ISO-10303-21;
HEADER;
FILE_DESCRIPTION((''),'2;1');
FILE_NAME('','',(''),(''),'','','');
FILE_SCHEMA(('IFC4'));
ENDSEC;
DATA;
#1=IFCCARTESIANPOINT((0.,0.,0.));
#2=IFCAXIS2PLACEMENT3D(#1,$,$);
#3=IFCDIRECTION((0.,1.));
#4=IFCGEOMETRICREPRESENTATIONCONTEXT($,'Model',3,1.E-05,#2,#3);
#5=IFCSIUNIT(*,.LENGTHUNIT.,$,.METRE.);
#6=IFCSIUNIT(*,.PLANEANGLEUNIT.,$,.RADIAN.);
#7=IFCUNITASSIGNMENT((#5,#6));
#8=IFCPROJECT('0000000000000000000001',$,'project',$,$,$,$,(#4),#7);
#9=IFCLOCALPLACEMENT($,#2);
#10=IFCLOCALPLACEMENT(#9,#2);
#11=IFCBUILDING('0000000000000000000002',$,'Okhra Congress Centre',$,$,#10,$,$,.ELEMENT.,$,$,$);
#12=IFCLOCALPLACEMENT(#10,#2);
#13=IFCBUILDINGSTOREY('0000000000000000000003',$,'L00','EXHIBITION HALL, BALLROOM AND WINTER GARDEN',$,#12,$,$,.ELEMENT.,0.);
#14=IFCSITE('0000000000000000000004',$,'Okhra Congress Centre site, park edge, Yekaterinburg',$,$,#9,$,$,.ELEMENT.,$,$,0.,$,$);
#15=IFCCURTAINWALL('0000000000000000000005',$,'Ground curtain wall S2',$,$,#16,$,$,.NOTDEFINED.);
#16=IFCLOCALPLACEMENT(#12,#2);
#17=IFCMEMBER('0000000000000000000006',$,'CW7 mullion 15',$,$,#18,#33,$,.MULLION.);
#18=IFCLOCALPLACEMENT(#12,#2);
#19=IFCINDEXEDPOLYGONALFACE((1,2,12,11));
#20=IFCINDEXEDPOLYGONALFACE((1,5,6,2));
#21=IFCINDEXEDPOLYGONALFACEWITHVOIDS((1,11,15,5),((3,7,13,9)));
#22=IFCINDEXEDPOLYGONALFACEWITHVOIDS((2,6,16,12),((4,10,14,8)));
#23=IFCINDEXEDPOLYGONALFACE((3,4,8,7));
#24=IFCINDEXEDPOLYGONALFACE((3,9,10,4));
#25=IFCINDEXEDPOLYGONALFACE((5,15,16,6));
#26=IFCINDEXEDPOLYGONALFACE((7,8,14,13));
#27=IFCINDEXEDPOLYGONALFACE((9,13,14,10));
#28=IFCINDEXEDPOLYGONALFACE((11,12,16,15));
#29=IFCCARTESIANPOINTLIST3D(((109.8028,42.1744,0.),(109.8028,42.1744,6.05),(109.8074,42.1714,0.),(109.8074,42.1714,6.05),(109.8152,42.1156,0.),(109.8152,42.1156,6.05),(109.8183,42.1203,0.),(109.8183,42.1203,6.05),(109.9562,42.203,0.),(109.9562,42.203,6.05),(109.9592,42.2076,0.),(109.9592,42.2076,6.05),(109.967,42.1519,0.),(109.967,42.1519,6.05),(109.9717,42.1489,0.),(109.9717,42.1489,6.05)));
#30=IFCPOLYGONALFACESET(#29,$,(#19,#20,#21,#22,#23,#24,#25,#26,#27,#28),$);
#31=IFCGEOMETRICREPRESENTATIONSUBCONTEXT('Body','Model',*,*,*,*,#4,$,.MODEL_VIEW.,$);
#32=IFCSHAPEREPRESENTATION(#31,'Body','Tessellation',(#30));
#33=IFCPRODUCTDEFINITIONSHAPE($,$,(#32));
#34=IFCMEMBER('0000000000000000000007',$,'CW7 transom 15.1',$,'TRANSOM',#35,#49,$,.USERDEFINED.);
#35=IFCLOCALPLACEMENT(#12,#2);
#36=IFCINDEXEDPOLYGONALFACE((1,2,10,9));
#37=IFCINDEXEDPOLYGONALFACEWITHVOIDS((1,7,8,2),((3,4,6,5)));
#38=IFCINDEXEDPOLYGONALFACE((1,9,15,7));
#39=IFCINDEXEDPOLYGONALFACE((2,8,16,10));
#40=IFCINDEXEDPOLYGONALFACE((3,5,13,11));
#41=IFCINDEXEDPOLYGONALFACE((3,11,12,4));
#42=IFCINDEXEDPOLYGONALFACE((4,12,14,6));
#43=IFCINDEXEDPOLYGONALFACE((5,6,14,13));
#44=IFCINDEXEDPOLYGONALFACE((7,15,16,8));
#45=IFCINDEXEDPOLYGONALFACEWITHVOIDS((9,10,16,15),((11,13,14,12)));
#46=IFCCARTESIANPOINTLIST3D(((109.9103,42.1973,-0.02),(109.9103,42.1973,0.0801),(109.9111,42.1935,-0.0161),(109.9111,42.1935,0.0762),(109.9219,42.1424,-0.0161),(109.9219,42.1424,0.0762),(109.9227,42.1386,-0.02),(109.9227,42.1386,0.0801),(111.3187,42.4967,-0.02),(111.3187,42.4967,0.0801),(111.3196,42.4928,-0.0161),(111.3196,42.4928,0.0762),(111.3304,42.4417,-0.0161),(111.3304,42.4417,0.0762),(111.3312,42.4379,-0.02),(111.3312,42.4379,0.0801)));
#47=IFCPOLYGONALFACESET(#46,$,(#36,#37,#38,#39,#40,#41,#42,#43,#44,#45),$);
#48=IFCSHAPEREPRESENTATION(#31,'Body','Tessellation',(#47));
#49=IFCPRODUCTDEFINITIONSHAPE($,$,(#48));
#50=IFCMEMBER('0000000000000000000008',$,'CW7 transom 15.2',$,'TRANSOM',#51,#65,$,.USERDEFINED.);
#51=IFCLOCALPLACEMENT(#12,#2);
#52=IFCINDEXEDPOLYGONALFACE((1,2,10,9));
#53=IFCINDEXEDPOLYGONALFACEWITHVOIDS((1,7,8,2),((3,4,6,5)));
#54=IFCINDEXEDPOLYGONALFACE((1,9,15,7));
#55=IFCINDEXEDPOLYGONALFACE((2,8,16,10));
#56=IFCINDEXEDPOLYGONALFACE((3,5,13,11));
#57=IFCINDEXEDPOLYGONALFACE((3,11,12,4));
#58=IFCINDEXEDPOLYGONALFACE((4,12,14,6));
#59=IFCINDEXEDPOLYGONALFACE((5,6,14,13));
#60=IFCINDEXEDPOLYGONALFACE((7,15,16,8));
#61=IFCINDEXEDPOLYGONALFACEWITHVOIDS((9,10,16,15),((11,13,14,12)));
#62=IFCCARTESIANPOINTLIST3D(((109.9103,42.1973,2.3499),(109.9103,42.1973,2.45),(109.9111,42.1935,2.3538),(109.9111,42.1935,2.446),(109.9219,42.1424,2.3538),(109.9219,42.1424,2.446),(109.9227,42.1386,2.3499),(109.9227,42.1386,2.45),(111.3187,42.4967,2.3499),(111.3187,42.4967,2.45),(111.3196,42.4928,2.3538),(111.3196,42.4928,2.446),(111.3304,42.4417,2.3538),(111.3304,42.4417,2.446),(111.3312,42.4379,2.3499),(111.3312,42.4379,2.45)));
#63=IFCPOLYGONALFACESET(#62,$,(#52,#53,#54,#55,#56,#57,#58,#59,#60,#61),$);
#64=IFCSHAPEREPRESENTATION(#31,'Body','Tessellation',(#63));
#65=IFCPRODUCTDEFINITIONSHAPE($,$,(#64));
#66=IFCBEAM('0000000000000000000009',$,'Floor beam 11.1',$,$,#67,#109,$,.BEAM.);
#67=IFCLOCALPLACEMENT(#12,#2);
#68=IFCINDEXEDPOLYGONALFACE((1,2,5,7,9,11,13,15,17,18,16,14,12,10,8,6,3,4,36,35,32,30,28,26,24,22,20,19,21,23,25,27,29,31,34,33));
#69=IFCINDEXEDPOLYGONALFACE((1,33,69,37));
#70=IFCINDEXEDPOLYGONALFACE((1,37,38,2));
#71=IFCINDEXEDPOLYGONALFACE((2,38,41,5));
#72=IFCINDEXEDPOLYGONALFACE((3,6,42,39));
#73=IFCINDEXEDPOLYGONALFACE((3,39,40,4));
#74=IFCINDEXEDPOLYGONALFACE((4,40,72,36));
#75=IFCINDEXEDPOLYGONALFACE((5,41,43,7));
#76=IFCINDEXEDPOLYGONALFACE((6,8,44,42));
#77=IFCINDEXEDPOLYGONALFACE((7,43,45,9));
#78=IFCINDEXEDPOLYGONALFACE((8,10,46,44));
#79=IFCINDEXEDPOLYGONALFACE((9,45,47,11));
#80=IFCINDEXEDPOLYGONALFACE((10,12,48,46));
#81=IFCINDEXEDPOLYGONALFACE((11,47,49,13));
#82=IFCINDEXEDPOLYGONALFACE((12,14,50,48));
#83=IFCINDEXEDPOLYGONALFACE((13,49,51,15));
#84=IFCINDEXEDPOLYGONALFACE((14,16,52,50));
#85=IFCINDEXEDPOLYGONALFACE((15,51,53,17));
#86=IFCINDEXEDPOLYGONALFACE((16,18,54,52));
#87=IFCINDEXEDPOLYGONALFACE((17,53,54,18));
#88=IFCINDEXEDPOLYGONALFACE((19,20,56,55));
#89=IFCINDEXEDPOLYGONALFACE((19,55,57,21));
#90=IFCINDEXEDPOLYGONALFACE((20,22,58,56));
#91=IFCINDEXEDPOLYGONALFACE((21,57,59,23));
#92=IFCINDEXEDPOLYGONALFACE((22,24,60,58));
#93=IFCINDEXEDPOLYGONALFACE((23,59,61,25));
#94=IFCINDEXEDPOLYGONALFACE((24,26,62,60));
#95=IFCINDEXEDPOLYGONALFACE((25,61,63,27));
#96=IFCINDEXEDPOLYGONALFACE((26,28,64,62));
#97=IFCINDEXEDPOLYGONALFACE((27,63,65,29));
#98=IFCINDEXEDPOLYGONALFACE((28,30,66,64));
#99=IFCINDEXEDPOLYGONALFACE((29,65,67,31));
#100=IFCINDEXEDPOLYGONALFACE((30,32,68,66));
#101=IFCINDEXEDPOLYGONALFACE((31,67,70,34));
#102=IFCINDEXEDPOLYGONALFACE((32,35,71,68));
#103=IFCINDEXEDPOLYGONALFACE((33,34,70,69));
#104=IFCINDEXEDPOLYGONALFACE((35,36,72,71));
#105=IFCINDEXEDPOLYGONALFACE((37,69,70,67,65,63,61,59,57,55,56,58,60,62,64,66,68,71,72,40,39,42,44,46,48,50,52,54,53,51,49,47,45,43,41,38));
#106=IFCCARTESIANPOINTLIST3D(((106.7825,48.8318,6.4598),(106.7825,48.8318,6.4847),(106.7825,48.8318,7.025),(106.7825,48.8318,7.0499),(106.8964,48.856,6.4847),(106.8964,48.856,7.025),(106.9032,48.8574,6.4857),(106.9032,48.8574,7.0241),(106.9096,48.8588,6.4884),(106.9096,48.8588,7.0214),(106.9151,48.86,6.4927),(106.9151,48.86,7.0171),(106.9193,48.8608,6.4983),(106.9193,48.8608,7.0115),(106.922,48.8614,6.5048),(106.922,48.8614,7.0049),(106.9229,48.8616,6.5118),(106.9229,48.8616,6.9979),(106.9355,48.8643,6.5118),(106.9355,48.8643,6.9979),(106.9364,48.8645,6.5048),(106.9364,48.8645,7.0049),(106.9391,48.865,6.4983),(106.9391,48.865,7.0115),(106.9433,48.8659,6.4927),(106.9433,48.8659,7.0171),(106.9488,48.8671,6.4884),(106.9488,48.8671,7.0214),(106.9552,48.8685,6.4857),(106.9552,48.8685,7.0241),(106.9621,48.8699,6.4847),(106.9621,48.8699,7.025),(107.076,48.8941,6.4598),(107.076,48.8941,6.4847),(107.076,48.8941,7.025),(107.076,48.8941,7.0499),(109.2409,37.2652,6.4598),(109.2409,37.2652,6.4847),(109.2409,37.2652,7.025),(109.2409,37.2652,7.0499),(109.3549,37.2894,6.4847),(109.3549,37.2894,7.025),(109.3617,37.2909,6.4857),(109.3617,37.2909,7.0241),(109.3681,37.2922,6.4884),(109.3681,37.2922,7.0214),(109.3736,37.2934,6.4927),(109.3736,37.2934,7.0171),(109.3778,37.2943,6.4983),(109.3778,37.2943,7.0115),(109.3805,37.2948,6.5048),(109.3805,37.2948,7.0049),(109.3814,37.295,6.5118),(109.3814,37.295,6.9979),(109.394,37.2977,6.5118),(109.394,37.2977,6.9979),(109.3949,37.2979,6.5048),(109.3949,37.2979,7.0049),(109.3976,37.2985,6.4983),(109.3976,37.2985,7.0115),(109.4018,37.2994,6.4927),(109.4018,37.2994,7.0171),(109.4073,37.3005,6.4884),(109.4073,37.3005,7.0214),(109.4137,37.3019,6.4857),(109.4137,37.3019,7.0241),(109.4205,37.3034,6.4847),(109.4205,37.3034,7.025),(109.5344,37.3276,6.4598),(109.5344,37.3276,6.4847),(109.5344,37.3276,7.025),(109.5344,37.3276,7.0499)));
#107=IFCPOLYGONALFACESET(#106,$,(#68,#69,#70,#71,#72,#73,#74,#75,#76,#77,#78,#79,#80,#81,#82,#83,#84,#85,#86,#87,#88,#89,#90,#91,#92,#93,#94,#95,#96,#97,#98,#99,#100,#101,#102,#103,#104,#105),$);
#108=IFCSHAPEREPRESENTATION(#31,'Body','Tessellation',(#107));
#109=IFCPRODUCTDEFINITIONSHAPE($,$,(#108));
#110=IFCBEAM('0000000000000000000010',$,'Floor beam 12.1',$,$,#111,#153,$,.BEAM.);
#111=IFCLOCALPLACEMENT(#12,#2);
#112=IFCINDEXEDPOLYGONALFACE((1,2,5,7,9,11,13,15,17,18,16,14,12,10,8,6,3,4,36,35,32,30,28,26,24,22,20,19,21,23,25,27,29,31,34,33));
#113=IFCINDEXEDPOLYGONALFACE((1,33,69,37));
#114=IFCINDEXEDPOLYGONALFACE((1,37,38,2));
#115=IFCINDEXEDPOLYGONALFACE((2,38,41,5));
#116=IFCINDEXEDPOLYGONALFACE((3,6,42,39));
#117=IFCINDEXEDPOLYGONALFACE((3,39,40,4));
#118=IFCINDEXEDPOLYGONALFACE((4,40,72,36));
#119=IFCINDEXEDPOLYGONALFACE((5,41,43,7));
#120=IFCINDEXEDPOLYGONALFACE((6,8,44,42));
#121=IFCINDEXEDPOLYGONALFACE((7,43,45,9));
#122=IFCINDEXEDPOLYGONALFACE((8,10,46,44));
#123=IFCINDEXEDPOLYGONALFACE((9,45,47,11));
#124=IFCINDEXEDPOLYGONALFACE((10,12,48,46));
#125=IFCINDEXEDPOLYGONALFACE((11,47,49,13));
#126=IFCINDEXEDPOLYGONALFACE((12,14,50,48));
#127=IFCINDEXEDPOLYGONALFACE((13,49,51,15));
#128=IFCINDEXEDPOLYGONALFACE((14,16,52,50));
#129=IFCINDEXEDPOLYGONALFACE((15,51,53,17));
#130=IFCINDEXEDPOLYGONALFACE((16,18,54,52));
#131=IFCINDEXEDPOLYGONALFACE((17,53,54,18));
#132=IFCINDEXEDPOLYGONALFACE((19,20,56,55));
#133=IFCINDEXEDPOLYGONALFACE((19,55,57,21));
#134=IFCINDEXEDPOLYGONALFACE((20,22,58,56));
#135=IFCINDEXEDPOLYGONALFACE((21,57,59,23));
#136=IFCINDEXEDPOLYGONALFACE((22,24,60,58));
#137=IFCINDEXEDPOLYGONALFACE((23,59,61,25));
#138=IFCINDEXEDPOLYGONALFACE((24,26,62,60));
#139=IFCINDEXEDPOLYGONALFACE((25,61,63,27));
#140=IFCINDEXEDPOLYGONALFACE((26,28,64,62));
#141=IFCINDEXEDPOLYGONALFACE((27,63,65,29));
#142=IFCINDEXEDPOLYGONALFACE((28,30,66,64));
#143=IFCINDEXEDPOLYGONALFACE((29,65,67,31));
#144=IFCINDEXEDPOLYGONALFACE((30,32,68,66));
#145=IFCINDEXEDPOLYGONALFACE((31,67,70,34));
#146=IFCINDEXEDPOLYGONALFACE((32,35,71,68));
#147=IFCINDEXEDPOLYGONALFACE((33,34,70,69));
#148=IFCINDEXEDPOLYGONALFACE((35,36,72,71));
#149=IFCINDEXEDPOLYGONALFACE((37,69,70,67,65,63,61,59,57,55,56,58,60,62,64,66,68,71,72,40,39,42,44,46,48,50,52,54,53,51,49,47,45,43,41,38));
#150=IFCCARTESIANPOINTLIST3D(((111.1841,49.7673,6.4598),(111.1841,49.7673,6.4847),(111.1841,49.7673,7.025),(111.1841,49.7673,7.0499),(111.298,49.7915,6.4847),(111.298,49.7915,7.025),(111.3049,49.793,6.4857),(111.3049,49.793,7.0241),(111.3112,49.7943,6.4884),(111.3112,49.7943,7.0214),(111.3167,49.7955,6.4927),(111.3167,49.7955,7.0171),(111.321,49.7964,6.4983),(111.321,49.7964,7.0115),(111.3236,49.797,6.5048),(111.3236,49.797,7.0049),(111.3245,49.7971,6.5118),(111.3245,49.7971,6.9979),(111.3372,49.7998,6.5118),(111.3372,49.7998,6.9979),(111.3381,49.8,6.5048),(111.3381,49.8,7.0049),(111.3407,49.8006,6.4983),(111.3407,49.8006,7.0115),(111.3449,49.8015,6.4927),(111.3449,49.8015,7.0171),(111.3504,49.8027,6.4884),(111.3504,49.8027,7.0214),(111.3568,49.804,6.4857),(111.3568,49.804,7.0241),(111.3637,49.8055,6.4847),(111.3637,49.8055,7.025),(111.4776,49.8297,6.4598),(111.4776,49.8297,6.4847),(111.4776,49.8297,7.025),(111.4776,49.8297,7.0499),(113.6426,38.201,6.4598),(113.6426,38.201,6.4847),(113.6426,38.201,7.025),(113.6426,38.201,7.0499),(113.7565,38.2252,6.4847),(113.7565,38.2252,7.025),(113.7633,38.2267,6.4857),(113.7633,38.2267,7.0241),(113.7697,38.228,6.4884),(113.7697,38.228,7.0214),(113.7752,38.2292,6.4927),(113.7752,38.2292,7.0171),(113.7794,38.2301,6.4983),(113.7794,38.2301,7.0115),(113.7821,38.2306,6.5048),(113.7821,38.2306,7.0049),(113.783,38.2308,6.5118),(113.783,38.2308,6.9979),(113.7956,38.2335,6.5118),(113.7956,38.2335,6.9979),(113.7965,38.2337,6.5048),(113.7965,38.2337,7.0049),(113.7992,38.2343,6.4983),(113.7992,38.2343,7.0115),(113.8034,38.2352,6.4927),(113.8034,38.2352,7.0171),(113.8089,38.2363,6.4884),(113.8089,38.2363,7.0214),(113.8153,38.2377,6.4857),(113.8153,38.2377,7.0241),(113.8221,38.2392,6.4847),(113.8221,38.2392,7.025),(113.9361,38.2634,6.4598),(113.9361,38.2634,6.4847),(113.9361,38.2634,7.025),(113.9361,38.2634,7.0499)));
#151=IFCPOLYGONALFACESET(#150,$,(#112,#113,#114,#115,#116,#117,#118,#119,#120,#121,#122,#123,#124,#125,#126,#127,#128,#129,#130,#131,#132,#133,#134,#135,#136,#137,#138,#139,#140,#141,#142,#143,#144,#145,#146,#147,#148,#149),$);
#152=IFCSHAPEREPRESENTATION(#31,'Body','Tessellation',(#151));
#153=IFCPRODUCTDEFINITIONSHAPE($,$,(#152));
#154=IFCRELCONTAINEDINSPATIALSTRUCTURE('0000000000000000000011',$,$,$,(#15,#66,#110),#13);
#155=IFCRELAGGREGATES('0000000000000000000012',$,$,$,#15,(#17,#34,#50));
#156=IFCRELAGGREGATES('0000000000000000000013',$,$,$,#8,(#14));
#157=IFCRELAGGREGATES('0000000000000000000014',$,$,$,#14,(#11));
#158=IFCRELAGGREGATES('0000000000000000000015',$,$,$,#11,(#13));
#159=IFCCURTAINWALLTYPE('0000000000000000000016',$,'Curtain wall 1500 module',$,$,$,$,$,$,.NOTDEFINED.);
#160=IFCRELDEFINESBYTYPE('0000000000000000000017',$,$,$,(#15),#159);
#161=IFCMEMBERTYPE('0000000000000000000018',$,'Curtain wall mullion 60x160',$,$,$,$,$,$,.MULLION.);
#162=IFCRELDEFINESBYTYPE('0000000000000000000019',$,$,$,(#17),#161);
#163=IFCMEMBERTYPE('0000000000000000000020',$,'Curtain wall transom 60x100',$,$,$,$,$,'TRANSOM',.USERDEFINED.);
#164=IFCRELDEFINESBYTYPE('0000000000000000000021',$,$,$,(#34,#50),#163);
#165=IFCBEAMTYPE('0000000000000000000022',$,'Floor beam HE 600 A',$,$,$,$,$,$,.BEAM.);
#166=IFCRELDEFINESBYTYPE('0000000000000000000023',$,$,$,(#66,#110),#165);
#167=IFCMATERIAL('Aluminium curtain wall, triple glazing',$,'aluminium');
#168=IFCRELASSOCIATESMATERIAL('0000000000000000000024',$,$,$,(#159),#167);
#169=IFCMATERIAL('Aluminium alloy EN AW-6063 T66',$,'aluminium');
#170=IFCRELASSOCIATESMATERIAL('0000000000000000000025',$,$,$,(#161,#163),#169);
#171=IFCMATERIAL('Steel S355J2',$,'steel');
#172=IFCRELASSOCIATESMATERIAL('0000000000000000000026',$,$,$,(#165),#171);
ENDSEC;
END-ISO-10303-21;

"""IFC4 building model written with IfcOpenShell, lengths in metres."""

from ifc_helpers import new_model, si_unit, direction, frame, origin, origin_2d, place, context, subcontext, project, spatial, hollow_rectangle, i_section, extrude, material, material_profile, profile_set, type_object, element, aggregate, save


model = new_model("IFC4")

# Units and contexts
model_context = context("Model", 3, precision=1e-05, world=origin(), true_north=direction((0.0, 1.0)))
body_context = subcontext(model_context, "Body", "Model", "MODEL_VIEW")
ifc_project = project(units=[si_unit("LENGTHUNIT", "METRE"), si_unit("PLANEANGLEUNIT", "RADIAN")], contexts=[model_context])

# Site, building, storey
site_placement = place(None, origin())
site = spatial("IfcSite", under=ifc_project, at=site_placement, Name="Okhra Congress Centre site, park edge, Yekaterinburg", CompositionType="ELEMENT", RefElevation=0.0)
building_placement = place(site_placement, origin())
building = spatial("IfcBuilding", under=site, at=building_placement, Name="Okhra Congress Centre", CompositionType="ELEMENT")
storey_placement = place(building_placement, origin())
storey = spatial("IfcBuildingStorey", under=building, at=storey_placement, Name="L00", Description="EXHIBITION HALL, BALLROOM AND WINTER GARDEN", CompositionType="ELEMENT", Elevation=0.0)

# Curtain wall, members
ifc_material_1 = material(Name="Aluminium curtain wall, triple glazing", Category="aluminium")
curtain_wall_type = type_object("IfcCurtainWallType", Name="Curtain wall 1500 module", PredefinedType="NOTDEFINED", material=ifc_material_1)
curtain_wall_placement = place(storey_placement, origin())
curtain_wall = element("IfcCurtainWall", 1, at=curtain_wall_placement, inside=storey, type_object=curtain_wall_type, Name="Ground curtain wall S2", PredefinedType="NOTDEFINED")
ifc_material_2 = material(Name="Aluminium alloy EN AW-6063 T66", Category="aluminium")
ifc_material_profile_1 = material_profile(ifc_material_2, hollow_rectangle(XDim=0.0601, YDim=0.1599, WallThickness=0.0039, at=origin_2d()), Name="RHS 60x160x4")
ifc_profile_set_1 = profile_set([ifc_material_profile_1], Name="Aluminium alloy EN AW-6063 T66")
member_type_1 = type_object("IfcMemberType", Name="Curtain wall mullion 60x160", PredefinedType="MULLION", material=ifc_profile_set_1)
member_1_placement = place(storey_placement, frame((109.8872, 42.1616, 0.0), z_axis=(0.0, 0.0, 1.0), x_axis=(-0.207912, 0.978148, 0.0)))
member_1 = element("IfcMember", 2, at=member_1_placement, type_object=member_type_1, Name="CW7 mullion 15", PredefinedType="MULLION", context=body_context, shape_type="SweptSolid", body=[
    extrude(hollow_rectangle(XDim=0.0601, YDim=0.1599, WallThickness=0.0039, at=origin_2d()), origin(), (0.0, 0.0, 1.0), 6.05),
])
ifc_material_profile_2 = material_profile(ifc_material_2, hollow_rectangle(XDim=0.0601, YDim=0.1001, WallThickness=0.0039, at=origin_2d()), Name="RHS 60x100x4")
ifc_profile_set_2 = profile_set([ifc_material_profile_2], Name="Aluminium alloy EN AW-6063 T66")
member_type_2 = type_object("IfcMemberType", Name="Curtain wall transom 60x100", ElementType="TRANSOM", PredefinedType="USERDEFINED", material=ifc_profile_set_2)
member_2_placement = place(storey_placement, frame((109.9165, 42.168, 0.03), z_axis=(0.978156, 0.207873, 0.0), x_axis=(-0.207873, 0.978156, 0.0)))
member_2 = element("IfcMember", 3, at=member_2_placement, type_object=member_type_2, Name="CW7 transom 15.1", ObjectType="TRANSOM", PredefinedType="USERDEFINED", context=body_context, shape_type="SweptSolid", body=[
    extrude(hollow_rectangle(XDim=0.0601, YDim=0.1001, WallThickness=0.0039, at=origin_2d()), origin(), (0.0, 0.0, 1.0), 1.4399),
])
member_3_placement = place(storey_placement, frame((109.9165, 42.168, 2.3999), z_axis=(0.978156, 0.207873, 0.0), x_axis=(-0.207873, 0.978156, 0.0)))
member_3 = element("IfcMember", 4, at=member_3_placement, type_object=member_type_2, Name="CW7 transom 15.2", ObjectType="TRANSOM", PredefinedType="USERDEFINED", context=body_context, shape_type="SweptSolid", body=[
    extrude(hollow_rectangle(XDim=0.0601, YDim=0.1001, WallThickness=0.0039, at=origin_2d()), origin(), (0.0, 0.0, 1.0), 1.4399),
])
aggregate(curtain_wall, [member_1, member_2, member_3])

# Beams
ifc_material_3 = material(Name="Steel S355J2", Category="steel")
ifc_material_profile_3 = material_profile(ifc_material_3, i_section(OverallWidth=0.3, OverallDepth=0.5901, WebThickness=0.0129, FlangeThickness=0.0249, FilletRadius=0.0271, at=origin_2d()), Name="HE 600 A")
ifc_profile_set_3 = profile_set([ifc_material_profile_3], Name="Steel S355J2")
beam_type_1 = type_object("IfcBeamType", Name="Floor beam HE 600 A", PredefinedType="BEAM", material=ifc_profile_set_3)
beam_1_placement = place(storey_placement, frame((109.3877, 37.2964, 6.7549), z_axis=(-0.207906, 0.978149, 0.0), x_axis=(-0.978149, -0.207906, 0.0)))
element("IfcBeam", 5, at=beam_1_placement, inside=storey, type_object=beam_type_1, Name="Floor beam 11.1", PredefinedType="BEAM", context=body_context, shape_type="SweptSolid", body=[
    extrude(i_section(OverallWidth=0.3, OverallDepth=0.5901, WebThickness=0.0129, FlangeThickness=0.0249, FilletRadius=0.0271, at=origin_2d()), origin(), (0.0, 0.0, 1.0), 11.825),
])
beam_2_placement = place(storey_placement, frame((113.7893, 38.2322, 6.7549), z_axis=(-0.20791, 0.978148, 0.0), x_axis=(-0.978148, -0.20791, 0.0)))
element("IfcBeam", 6, at=beam_2_placement, inside=storey, type_object=beam_type_1, Name="Floor beam 12.1", PredefinedType="BEAM", context=body_context, shape_type="SweptSolid", body=[
    extrude(i_section(OverallWidth=0.3, OverallDepth=0.5901, WebThickness=0.0129, FlangeThickness=0.0249, FilletRadius=0.0271, at=origin_2d()), origin(), (0.0, 0.0, 1.0), 11.8247),
])

save(model, "model.ifc")
